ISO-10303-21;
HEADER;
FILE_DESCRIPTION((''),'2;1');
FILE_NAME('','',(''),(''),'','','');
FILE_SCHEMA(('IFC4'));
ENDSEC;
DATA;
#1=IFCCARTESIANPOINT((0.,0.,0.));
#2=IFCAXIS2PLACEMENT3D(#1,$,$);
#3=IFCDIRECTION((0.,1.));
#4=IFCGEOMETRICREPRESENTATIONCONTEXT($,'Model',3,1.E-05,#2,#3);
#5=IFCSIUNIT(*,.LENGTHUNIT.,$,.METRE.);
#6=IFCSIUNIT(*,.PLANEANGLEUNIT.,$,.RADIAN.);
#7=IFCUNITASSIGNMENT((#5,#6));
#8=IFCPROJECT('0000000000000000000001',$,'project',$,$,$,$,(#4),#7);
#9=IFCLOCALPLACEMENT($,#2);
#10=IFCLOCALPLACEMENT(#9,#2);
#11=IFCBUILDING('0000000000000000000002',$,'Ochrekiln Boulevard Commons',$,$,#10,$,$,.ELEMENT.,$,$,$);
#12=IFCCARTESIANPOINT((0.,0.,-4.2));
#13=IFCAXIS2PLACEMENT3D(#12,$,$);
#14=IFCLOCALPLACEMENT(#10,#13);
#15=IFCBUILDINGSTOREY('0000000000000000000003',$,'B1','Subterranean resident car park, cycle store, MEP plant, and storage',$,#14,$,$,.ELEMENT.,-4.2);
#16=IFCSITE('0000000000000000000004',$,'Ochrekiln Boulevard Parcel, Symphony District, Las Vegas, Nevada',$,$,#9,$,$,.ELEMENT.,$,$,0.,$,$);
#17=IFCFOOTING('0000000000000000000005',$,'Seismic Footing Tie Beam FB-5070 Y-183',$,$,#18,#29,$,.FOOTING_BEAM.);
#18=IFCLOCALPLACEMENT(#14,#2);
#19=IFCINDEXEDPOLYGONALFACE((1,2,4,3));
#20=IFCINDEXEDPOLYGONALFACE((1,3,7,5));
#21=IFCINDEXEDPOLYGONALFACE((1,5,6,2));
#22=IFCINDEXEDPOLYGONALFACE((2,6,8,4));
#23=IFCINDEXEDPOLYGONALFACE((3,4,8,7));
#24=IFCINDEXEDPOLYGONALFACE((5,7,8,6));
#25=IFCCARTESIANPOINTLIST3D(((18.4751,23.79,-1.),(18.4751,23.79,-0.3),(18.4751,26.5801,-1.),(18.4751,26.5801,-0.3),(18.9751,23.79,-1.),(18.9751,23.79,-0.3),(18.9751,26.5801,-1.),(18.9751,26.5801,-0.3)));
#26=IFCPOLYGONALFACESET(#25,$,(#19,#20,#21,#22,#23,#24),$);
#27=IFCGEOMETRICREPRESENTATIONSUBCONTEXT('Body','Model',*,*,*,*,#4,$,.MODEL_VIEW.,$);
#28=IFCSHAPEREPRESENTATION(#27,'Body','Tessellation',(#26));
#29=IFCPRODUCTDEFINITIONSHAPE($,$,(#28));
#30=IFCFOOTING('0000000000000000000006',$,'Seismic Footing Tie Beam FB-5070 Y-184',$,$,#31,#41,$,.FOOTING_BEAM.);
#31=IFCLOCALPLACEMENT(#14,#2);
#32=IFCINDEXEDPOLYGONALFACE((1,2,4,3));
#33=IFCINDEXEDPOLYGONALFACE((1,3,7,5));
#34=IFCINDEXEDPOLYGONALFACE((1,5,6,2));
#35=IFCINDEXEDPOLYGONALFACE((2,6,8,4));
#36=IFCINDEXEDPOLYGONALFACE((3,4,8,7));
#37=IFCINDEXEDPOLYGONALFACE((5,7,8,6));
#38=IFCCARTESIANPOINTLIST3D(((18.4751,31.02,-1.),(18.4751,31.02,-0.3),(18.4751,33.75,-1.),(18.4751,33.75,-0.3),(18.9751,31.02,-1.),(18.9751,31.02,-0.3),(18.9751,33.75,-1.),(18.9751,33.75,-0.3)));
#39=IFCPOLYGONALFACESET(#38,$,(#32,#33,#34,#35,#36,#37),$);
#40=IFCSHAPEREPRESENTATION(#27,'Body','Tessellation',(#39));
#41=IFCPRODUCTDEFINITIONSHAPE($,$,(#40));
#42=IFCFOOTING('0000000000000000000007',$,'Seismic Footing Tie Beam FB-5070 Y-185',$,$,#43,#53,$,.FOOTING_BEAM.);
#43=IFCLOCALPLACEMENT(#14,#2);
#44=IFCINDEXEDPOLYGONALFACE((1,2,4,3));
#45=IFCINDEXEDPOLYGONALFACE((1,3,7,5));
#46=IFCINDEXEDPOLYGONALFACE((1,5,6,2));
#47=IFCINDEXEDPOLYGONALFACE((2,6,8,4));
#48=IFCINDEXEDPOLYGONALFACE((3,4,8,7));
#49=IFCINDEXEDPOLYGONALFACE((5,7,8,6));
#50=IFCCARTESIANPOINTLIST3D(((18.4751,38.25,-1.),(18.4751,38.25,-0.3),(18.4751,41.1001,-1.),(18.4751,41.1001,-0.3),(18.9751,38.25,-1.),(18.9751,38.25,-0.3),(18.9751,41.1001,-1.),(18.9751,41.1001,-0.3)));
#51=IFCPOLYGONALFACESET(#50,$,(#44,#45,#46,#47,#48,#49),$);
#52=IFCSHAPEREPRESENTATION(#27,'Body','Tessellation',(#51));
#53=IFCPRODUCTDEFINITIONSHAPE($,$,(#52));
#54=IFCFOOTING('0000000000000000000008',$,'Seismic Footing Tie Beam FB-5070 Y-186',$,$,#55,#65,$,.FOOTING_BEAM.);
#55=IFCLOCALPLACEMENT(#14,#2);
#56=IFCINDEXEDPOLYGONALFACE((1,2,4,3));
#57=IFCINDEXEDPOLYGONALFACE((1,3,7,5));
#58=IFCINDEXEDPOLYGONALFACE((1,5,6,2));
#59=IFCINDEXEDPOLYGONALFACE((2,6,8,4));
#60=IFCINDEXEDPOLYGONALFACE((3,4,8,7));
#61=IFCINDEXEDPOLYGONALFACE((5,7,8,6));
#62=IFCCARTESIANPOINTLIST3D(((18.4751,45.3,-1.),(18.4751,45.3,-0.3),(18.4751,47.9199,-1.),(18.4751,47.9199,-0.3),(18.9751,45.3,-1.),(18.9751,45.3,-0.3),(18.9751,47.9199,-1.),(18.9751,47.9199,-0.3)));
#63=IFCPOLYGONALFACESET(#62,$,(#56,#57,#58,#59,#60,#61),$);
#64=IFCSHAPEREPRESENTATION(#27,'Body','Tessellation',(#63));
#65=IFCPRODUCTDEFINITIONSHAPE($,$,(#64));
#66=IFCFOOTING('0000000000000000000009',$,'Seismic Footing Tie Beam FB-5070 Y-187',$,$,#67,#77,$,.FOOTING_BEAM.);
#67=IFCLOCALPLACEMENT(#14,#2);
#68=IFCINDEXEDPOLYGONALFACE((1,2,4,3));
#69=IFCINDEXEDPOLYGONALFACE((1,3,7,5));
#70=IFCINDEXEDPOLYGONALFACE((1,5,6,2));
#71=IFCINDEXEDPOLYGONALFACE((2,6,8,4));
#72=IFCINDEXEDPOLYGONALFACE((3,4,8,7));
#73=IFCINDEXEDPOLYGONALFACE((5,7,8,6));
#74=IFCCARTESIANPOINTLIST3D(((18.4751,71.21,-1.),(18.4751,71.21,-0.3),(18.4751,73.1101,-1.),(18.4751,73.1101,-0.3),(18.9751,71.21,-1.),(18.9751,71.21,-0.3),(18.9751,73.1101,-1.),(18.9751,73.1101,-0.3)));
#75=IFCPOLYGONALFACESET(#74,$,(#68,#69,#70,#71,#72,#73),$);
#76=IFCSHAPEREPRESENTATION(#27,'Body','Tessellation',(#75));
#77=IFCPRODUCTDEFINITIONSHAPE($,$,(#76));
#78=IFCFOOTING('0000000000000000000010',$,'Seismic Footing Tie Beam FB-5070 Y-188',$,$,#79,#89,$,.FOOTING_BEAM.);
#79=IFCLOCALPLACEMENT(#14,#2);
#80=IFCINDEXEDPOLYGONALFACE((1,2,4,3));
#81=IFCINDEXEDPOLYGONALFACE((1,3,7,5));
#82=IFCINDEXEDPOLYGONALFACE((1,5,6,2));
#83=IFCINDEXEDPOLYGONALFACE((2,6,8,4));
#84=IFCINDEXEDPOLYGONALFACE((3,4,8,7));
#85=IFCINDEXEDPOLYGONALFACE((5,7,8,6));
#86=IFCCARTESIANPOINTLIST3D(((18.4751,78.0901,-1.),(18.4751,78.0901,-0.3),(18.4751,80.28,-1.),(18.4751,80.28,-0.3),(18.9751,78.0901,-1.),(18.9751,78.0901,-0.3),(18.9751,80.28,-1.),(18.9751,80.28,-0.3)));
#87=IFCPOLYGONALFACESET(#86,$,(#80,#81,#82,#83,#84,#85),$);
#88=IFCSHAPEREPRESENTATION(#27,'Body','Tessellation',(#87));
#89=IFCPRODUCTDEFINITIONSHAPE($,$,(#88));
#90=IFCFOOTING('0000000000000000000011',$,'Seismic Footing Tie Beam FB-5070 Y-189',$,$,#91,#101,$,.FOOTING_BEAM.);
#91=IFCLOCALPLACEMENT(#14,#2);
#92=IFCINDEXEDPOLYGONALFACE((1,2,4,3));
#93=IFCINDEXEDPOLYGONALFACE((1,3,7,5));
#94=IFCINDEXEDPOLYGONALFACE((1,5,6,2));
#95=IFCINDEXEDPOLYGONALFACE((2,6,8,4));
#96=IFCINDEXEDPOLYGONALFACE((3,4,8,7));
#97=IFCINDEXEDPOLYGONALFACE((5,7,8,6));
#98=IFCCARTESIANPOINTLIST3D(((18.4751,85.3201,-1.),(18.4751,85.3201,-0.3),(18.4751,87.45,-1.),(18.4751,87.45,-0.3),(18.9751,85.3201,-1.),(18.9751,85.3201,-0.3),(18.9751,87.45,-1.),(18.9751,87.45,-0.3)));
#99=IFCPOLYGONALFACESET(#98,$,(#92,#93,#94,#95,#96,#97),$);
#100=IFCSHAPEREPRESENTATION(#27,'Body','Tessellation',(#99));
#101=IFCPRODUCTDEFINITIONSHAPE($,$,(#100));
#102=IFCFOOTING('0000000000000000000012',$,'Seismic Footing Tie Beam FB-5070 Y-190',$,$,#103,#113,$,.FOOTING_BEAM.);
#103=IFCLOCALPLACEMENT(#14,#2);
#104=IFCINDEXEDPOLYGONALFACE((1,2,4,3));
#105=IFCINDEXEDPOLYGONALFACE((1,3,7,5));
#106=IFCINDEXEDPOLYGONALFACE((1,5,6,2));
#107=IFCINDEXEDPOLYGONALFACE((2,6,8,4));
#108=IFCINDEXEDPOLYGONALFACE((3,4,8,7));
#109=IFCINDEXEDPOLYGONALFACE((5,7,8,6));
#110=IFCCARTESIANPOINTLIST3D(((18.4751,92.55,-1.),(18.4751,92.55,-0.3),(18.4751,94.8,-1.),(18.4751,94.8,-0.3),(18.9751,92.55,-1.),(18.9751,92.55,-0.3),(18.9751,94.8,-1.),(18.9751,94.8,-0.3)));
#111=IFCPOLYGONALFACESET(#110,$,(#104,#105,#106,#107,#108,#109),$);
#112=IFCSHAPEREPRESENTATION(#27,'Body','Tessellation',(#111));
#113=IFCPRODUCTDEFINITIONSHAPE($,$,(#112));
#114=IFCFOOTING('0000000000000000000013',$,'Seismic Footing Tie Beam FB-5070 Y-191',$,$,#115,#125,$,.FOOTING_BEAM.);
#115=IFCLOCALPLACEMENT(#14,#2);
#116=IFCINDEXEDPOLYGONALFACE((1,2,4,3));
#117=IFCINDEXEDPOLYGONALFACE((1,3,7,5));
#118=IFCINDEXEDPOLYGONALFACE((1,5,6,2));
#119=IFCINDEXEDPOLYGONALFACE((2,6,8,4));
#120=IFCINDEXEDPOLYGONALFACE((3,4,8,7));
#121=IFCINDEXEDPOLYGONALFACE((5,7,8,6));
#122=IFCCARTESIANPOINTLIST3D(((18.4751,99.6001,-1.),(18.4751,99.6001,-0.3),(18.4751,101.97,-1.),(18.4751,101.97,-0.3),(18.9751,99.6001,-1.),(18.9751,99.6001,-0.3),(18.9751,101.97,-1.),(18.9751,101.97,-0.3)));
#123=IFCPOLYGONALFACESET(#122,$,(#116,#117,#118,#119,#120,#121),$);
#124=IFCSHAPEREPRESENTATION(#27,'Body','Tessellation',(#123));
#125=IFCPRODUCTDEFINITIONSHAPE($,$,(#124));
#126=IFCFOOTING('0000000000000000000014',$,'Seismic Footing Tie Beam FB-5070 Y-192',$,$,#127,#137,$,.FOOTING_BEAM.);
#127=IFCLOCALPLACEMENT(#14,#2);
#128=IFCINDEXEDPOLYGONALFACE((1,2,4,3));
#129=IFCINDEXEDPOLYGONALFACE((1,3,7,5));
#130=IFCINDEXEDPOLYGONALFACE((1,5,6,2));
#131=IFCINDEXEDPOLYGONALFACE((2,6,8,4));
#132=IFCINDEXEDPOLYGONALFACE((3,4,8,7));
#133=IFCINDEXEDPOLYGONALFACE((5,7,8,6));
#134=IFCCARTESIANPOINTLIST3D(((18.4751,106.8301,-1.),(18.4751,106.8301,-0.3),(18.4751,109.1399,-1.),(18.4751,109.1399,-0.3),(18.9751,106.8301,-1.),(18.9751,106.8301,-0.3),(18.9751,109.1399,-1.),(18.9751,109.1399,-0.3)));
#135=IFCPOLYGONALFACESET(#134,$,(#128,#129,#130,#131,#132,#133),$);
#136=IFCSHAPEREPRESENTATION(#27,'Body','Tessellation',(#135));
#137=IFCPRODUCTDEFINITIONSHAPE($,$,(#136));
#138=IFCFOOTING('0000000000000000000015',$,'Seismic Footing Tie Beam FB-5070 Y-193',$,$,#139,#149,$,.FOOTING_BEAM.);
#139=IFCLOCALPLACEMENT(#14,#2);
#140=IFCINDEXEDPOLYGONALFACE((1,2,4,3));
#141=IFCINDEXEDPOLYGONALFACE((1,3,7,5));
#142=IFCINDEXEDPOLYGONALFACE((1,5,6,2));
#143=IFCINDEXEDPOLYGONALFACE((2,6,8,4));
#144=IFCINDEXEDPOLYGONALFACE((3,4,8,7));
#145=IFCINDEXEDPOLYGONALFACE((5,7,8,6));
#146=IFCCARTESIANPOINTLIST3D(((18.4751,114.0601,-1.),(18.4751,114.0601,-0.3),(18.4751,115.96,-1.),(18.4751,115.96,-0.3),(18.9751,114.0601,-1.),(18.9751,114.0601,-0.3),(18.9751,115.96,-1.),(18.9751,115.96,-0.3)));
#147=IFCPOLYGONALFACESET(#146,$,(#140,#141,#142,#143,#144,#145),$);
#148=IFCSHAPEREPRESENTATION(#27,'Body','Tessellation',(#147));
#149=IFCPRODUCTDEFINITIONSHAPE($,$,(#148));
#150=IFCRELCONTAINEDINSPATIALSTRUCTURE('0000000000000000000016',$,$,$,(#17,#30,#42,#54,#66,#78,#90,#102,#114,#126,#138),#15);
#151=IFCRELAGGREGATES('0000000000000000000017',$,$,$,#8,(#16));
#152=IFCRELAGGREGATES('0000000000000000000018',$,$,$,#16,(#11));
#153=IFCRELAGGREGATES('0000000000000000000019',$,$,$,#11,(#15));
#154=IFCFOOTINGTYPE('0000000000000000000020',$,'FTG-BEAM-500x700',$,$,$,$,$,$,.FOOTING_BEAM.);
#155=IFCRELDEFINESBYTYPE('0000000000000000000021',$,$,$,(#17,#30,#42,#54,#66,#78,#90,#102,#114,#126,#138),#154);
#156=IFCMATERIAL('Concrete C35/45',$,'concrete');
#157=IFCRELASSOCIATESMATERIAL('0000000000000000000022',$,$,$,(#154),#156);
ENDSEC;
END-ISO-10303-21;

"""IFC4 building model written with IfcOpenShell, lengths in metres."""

from ifc_helpers import new_model, si_unit, direction, frame, origin, place, context, subcontext, project, spatial, polyline, outline, extrude, material, type_object, element, save


model = new_model("IFC4")

# Units and contexts
model_context = context("Model", 3, precision=1e-05, world=origin(), true_north=direction((0.0, 1.0)))
body_context = subcontext(model_context, "Body", "Model", "MODEL_VIEW")
ifc_project = project(units=[si_unit("LENGTHUNIT", "METRE"), si_unit("PLANEANGLEUNIT", "RADIAN")], contexts=[model_context])

# Site, building, storey
site_placement = place(None, origin())
site = spatial("IfcSite", under=ifc_project, at=site_placement, Name="Ochrekiln Boulevard Parcel, Symphony District, Las Vegas, Nevada", CompositionType="ELEMENT", RefElevation=0.0)
building_placement = place(site_placement, origin())
building = spatial("IfcBuilding", under=site, at=building_placement, Name="Ochrekiln Boulevard Commons", CompositionType="ELEMENT")
storey_placement = place(building_placement, frame((0.0, 0.0, -4.2)))
storey = spatial("IfcBuildingStorey", under=building, at=storey_placement, Name="B1", Description="Subterranean resident car park, cycle store, MEP plant, and storage", CompositionType="ELEMENT", Elevation=-4.2)

# Footings
ifc_material = material(Name="Concrete C35/45", Category="concrete")
footing_type = type_object("IfcFootingType", Name="FTG-BEAM-500x700", PredefinedType="FOOTING_BEAM", material=ifc_material)
footing_1_placement = place(storey_placement, frame((0.0, 0.0, -1.0)))
element("IfcFooting", 1, at=footing_1_placement, inside=storey, type_object=footing_type, Name="Seismic Footing Tie Beam FB-5070 Y-183", PredefinedType="FOOTING_BEAM", context=body_context, shape_type="SweptSolid", body=[
    extrude(outline(polyline([(18.4751, 23.79), (18.9751, 23.79), (18.9751, 26.5801), (18.4751, 26.5801), (18.4751, 23.79)])), origin(), (0.0, 0.0, 1.0), 0.7),
])
footing_2_placement = place(storey_placement, frame((0.0, 0.0, -1.0)))
element("IfcFooting", 2, at=footing_2_placement, inside=storey, type_object=footing_type, Name="Seismic Footing Tie Beam FB-5070 Y-184", PredefinedType="FOOTING_BEAM", context=body_context, shape_type="SweptSolid", body=[
    extrude(outline(polyline([(18.4751, 31.02), (18.9751, 31.02), (18.9751, 33.75), (18.4751, 33.75), (18.4751, 31.02)])), origin(), (0.0, 0.0, 1.0), 0.7),
])
footing_3_placement = place(storey_placement, frame((0.0, 0.0, -1.0)))
element("IfcFooting", 3, at=footing_3_placement, inside=storey, type_object=footing_type, Name="Seismic Footing Tie Beam FB-5070 Y-185", PredefinedType="FOOTING_BEAM", context=body_context, shape_type="SweptSolid", body=[
    extrude(outline(polyline([(18.4751, 38.25), (18.9751, 38.25), (18.9751, 41.1001), (18.4751, 41.1001), (18.4751, 38.25)])), origin(), (0.0, 0.0, 1.0), 0.7),
])
footing_4_placement = place(storey_placement, frame((0.0, 0.0, -1.0)))
element("IfcFooting", 4, at=footing_4_placement, inside=storey, type_object=footing_type, Name="Seismic Footing Tie Beam FB-5070 Y-186", PredefinedType="FOOTING_BEAM", context=body_context, shape_type="SweptSolid", body=[
    extrude(outline(polyline([(18.4751, 45.3), (18.9751, 45.3), (18.9751, 47.9199), (18.4751, 47.9199), (18.4751, 45.3)])), origin(), (0.0, 0.0, 1.0), 0.7),
])
footing_5_placement = place(storey_placement, frame((0.0, 0.0, -1.0)))
element("IfcFooting", 5, at=footing_5_placement, inside=storey, type_object=footing_type, Name="Seismic Footing Tie Beam FB-5070 Y-187", PredefinedType="FOOTING_BEAM", context=body_context, shape_type="SweptSolid", body=[
    extrude(outline(polyline([(18.4751, 71.21), (18.9751, 71.21), (18.9751, 73.1101), (18.4751, 73.1101), (18.4751, 71.21)])), origin(), (0.0, 0.0, 1.0), 0.7),
])
footing_6_placement = place(storey_placement, frame((0.0, 0.0, -1.0)))
element("IfcFooting", 6, at=footing_6_placement, inside=storey, type_object=footing_type, Name="Seismic Footing Tie Beam FB-5070 Y-188", PredefinedType="FOOTING_BEAM", context=body_context, shape_type="SweptSolid", body=[
    extrude(outline(polyline([(18.4751, 78.0901), (18.9751, 78.0901), (18.9751, 80.28), (18.4751, 80.28), (18.4751, 78.0901)])), origin(), (0.0, 0.0, 1.0), 0.7),
])
footing_7_placement = place(storey_placement, frame((0.0, 0.0, -1.0)))
element("IfcFooting", 7, at=footing_7_placement, inside=storey, type_object=footing_type, Name="Seismic Footing Tie Beam FB-5070 Y-189", PredefinedType="FOOTING_BEAM", context=body_context, shape_type="SweptSolid", body=[
    extrude(outline(polyline([(18.4751, 85.3201), (18.9751, 85.3201), (18.9751, 87.45), (18.4751, 87.45), (18.4751, 85.3201)])), origin(), (0.0, 0.0, 1.0), 0.7),
])
footing_8_placement = place(storey_placement, frame((0.0, 0.0, -1.0)))
element("IfcFooting", 8, at=footing_8_placement, inside=storey, type_object=footing_type, Name="Seismic Footing Tie Beam FB-5070 Y-190", PredefinedType="FOOTING_BEAM", context=body_context, shape_type="SweptSolid", body=[
    extrude(outline(polyline([(18.4751, 92.55), (18.9751, 92.55), (18.9751, 94.8), (18.4751, 94.8), (18.4751, 92.55)])), origin(), (0.0, 0.0, 1.0), 0.7),
])
footing_9_placement = place(storey_placement, frame((0.0, 0.0, -1.0)))
element("IfcFooting", 9, at=footing_9_placement, inside=storey, type_object=footing_type, Name="Seismic Footing Tie Beam FB-5070 Y-191", PredefinedType="FOOTING_BEAM", context=body_context, shape_type="SweptSolid", body=[
    extrude(outline(polyline([(18.4751, 99.6001), (18.9751, 99.6001), (18.9751, 101.97), (18.4751, 101.97), (18.4751, 99.6001)])), origin(), (0.0, 0.0, 1.0), 0.7),
])
footing_10_placement = place(storey_placement, frame((0.0, 0.0, -1.0)))
element("IfcFooting", 10, at=footing_10_placement, inside=storey, type_object=footing_type, Name="Seismic Footing Tie Beam FB-5070 Y-192", PredefinedType="FOOTING_BEAM", context=body_context, shape_type="SweptSolid", body=[
    extrude(outline(polyline([(18.4751, 106.8301), (18.9751, 106.8301), (18.9751, 109.1399), (18.4751, 109.1399), (18.4751, 106.8301)])), origin(), (0.0, 0.0, 1.0), 0.7),
])
footing_11_placement = place(storey_placement, frame((0.0, 0.0, -1.0)))
element("IfcFooting", 11, at=footing_11_placement, inside=storey, type_object=footing_type, Name="Seismic Footing Tie Beam FB-5070 Y-193", PredefinedType="FOOTING_BEAM", context=body_context, shape_type="SweptSolid", body=[
    extrude(outline(polyline([(18.4751, 114.0601), (18.9751, 114.0601), (18.9751, 115.96), (18.4751, 115.96), (18.4751, 114.0601)])), origin(), (0.0, 0.0, 1.0), 0.7),
])

save(model, "model.ifc")
